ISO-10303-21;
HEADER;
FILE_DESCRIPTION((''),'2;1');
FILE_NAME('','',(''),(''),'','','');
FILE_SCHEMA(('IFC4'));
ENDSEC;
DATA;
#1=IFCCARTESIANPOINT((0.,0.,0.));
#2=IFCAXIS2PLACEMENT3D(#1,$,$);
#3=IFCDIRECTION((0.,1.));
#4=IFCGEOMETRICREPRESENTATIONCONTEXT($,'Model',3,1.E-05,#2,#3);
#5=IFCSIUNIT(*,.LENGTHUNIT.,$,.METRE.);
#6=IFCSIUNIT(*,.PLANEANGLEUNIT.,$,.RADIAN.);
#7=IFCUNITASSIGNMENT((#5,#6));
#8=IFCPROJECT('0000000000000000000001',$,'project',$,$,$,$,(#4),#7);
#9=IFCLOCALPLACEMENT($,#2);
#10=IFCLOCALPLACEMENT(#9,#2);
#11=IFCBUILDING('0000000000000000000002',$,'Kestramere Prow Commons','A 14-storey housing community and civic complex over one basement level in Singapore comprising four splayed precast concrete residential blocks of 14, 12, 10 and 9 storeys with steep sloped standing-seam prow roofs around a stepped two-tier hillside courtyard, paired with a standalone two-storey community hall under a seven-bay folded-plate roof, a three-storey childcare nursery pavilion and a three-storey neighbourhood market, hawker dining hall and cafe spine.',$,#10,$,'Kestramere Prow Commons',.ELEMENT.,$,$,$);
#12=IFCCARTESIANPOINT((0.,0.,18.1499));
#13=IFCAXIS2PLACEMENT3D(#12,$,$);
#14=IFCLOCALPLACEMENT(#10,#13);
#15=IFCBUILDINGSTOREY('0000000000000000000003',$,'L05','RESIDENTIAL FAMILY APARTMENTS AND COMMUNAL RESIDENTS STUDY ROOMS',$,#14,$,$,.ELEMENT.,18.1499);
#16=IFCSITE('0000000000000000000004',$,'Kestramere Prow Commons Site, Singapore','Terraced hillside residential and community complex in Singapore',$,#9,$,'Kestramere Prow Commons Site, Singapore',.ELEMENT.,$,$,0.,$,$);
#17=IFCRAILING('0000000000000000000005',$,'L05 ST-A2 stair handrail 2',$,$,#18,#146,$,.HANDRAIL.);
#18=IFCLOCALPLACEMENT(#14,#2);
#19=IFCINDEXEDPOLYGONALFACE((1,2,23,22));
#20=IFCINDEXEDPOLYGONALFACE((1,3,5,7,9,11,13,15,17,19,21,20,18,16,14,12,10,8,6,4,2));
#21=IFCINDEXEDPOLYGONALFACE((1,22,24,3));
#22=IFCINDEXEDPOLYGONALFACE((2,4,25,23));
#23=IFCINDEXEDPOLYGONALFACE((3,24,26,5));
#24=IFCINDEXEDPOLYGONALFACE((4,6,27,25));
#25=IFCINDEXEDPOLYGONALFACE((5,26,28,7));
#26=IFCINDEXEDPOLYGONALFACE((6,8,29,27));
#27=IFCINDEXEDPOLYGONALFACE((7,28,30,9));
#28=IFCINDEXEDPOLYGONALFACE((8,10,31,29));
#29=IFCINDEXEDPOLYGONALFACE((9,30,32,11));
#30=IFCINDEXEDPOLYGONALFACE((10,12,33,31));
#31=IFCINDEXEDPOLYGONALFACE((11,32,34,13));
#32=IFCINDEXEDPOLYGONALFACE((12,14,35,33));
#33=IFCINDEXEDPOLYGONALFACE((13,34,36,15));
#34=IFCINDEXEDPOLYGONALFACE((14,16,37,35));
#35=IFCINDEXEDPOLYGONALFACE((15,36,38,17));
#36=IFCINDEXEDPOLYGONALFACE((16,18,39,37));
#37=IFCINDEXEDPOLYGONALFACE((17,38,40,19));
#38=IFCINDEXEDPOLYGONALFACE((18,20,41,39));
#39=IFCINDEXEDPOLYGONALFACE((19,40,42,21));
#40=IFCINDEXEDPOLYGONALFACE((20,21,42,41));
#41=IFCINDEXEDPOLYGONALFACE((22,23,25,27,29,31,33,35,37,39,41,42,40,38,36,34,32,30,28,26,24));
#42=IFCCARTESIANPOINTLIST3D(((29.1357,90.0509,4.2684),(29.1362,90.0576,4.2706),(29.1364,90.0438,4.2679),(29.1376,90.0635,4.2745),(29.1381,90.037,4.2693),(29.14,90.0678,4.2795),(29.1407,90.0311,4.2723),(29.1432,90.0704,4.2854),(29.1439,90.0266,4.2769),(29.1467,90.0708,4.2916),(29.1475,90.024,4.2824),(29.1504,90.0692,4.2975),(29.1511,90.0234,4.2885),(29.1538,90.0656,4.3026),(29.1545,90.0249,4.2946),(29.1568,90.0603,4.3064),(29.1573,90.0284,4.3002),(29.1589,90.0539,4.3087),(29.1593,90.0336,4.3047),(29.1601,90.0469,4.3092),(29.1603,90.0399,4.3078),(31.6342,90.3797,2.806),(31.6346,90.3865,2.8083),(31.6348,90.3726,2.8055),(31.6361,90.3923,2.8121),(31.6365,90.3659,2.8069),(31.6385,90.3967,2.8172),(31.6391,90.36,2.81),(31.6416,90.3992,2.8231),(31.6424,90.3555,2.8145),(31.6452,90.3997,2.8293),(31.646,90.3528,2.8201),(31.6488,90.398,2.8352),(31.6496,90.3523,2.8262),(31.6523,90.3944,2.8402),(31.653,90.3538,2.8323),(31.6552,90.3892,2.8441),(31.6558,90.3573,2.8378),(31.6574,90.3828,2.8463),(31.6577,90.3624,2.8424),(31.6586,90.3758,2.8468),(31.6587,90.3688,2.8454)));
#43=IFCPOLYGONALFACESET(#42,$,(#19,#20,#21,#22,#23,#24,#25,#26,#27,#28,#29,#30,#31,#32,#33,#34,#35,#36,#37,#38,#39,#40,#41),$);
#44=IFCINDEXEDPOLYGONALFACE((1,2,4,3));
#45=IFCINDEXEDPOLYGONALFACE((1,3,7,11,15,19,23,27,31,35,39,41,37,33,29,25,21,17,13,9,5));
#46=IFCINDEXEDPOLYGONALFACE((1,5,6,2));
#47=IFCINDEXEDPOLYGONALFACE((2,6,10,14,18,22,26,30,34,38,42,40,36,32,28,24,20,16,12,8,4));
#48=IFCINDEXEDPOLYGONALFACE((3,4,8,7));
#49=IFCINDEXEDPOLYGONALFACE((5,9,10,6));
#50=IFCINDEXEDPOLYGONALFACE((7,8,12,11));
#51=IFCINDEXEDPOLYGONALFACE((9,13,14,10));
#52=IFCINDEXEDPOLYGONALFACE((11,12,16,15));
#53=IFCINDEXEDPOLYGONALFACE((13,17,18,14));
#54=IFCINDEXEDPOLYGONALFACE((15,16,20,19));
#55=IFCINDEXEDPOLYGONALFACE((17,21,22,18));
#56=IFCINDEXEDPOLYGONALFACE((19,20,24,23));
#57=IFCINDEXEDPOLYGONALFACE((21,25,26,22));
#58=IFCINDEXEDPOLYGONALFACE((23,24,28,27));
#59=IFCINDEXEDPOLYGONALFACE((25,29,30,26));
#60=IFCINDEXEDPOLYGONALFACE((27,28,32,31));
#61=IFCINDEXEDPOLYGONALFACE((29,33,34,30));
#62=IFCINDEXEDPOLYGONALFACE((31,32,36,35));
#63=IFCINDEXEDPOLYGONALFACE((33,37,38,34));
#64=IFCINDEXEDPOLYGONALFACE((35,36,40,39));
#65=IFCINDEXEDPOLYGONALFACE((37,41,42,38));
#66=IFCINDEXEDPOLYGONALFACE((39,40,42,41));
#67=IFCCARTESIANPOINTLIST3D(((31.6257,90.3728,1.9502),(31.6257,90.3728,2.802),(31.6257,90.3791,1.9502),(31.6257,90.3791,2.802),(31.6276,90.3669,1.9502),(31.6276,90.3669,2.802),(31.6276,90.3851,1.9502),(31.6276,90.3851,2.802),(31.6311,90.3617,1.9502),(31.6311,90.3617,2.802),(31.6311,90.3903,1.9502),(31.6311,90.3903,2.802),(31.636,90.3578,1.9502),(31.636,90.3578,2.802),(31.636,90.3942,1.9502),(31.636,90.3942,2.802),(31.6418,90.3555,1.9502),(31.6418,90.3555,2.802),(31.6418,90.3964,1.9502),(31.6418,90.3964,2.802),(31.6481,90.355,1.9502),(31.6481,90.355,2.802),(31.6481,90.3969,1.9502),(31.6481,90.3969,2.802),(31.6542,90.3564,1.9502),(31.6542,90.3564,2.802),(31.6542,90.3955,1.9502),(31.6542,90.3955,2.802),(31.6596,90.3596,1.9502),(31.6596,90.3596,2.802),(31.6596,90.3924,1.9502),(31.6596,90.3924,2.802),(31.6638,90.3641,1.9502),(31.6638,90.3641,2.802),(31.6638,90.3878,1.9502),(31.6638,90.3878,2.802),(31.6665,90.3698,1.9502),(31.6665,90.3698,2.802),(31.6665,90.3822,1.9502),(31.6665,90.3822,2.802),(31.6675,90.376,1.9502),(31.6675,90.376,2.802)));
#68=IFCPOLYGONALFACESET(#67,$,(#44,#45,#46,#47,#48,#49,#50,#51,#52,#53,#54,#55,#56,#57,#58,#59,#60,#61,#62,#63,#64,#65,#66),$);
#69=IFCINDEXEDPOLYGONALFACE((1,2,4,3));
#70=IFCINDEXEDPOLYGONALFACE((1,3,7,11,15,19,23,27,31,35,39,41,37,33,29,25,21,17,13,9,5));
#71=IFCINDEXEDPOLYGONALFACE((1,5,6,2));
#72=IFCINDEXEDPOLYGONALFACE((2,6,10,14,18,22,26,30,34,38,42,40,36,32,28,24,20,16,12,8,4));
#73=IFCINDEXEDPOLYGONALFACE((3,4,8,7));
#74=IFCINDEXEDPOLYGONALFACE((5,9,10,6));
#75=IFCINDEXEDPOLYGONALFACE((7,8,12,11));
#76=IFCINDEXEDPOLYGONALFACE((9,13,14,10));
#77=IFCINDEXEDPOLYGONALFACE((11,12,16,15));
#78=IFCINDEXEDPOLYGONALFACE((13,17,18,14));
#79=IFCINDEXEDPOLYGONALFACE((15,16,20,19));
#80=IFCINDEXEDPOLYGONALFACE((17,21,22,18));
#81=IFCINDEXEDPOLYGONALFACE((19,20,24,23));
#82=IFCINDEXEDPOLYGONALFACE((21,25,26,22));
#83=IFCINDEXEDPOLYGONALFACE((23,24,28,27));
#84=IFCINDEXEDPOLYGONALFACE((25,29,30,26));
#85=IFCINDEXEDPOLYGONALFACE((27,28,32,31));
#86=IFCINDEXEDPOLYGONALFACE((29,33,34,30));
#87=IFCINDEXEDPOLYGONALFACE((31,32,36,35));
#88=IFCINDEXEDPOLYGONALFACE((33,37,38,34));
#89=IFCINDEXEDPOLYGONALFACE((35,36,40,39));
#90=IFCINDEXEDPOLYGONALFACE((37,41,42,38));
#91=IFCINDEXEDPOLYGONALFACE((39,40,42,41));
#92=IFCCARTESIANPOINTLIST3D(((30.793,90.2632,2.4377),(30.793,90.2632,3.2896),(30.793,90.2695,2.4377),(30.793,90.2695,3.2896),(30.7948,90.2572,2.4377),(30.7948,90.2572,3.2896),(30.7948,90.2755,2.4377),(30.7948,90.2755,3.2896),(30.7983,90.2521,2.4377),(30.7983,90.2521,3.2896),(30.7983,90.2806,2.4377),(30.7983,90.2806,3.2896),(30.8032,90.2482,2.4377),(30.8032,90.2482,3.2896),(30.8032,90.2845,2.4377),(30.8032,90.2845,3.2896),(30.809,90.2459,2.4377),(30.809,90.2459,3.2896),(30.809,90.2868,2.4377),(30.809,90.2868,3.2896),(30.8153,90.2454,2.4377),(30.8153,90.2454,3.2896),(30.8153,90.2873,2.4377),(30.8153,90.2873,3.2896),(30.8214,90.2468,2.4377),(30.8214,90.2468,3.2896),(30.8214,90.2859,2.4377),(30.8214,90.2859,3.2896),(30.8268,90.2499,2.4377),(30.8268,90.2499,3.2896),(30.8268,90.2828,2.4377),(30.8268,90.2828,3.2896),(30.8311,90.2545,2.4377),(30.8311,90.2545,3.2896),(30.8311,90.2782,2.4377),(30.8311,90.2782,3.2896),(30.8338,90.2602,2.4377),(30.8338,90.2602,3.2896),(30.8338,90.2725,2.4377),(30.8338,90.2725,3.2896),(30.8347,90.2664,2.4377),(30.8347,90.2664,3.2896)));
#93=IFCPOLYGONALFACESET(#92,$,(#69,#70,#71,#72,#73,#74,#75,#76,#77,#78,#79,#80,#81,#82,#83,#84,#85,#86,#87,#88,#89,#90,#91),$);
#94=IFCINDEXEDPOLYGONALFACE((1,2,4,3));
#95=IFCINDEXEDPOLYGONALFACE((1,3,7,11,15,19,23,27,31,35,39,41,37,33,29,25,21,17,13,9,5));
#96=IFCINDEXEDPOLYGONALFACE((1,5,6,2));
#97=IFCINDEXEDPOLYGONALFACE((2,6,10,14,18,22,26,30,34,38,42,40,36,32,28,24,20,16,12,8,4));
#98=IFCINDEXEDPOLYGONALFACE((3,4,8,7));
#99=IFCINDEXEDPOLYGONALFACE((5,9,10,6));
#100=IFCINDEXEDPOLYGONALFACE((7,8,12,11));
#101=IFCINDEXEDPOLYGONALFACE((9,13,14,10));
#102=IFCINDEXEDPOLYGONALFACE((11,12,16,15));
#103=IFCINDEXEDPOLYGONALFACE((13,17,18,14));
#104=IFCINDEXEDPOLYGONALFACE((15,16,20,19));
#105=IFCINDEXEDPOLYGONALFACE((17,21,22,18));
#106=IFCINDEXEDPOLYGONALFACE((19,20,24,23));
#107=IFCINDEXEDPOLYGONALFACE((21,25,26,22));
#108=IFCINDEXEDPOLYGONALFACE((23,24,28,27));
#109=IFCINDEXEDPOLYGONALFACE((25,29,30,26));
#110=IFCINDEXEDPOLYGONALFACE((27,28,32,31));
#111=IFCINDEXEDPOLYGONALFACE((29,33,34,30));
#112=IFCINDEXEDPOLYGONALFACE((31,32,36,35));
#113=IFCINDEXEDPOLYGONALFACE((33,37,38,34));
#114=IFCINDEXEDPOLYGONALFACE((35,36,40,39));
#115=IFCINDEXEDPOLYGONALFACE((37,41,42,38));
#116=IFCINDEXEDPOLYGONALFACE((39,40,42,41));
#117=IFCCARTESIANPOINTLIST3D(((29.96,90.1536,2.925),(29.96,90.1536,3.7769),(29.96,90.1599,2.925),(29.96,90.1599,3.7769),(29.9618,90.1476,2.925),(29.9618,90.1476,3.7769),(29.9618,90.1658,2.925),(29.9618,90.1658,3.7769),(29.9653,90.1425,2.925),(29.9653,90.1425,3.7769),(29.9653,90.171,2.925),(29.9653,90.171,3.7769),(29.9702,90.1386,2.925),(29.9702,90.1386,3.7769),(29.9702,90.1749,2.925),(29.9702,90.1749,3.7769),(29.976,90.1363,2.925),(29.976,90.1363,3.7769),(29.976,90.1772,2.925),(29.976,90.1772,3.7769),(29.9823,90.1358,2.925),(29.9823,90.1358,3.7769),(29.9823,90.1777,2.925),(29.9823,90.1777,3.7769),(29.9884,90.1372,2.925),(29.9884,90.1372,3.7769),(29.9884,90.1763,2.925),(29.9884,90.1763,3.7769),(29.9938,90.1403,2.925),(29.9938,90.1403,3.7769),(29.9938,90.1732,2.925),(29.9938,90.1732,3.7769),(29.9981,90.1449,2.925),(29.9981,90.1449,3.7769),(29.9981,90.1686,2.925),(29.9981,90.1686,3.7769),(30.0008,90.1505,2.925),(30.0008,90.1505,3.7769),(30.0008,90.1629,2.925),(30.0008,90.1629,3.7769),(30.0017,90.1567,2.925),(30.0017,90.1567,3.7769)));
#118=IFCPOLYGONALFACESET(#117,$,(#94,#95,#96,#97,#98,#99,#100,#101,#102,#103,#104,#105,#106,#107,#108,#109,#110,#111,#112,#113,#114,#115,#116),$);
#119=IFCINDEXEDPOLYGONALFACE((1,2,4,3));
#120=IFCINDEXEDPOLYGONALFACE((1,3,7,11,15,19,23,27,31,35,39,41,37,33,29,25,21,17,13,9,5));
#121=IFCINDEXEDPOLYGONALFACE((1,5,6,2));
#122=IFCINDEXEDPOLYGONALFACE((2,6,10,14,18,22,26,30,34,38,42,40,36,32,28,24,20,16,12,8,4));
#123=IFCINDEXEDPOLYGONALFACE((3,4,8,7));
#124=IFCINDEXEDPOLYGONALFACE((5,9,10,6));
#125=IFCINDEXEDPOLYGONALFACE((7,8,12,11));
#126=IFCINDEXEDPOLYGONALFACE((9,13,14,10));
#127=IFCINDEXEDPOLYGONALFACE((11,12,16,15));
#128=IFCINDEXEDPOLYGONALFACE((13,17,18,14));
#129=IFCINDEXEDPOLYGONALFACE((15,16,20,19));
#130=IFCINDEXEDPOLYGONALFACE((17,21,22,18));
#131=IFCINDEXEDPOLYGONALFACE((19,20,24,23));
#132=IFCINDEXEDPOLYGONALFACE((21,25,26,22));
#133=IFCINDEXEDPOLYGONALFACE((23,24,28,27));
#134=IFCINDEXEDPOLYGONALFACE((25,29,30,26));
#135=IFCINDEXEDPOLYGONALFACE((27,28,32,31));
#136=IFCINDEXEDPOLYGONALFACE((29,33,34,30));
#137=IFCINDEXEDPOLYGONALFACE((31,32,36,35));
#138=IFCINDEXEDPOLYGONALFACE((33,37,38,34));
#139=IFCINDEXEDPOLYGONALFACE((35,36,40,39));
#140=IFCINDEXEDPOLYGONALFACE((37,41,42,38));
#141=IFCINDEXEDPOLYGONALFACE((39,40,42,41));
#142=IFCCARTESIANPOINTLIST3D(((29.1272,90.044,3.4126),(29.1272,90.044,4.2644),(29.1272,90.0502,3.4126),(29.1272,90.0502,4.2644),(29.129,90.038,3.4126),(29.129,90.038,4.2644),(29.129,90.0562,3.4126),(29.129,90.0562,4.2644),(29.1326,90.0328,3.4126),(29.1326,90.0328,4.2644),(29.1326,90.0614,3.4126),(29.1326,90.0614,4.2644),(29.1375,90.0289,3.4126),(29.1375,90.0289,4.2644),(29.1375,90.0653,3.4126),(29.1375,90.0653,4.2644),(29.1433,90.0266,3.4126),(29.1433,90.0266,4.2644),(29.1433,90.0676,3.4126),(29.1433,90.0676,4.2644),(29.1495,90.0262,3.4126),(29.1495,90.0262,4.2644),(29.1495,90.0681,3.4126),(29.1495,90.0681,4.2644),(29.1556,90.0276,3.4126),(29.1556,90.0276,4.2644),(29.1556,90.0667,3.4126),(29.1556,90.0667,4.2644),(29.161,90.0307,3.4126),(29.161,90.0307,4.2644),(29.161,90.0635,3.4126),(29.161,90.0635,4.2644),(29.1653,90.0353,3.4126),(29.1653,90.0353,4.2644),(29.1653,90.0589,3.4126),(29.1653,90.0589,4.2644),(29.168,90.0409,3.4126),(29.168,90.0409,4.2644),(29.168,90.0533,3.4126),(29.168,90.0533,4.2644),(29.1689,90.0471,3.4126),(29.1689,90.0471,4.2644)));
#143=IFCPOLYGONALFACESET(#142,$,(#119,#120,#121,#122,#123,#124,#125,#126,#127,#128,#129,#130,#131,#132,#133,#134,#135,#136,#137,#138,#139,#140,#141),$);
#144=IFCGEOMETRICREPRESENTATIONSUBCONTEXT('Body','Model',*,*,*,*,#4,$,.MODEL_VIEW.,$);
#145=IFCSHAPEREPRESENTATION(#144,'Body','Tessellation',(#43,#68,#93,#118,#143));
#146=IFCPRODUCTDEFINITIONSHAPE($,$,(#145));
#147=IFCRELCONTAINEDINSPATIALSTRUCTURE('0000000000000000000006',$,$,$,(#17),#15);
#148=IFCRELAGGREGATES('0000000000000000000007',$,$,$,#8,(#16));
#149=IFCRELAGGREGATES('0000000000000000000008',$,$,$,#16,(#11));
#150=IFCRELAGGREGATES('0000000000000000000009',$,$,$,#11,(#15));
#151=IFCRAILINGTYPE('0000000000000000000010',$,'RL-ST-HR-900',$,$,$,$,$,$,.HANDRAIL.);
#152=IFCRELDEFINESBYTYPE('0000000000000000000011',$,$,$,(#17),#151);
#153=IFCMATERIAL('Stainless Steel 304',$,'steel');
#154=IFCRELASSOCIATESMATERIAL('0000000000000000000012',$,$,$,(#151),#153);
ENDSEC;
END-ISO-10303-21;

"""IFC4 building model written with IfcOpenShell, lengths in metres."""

from ifc_helpers import new_model, si_unit, direction, frame, origin, origin_2d, place, context, subcontext, project, spatial, circle, extrude, material, type_object, element, save


model = new_model("IFC4")

# Units and contexts
model_context = context("Model", 3, precision=1e-05, world=origin(), true_north=direction((0.0, 1.0)))
body_context = subcontext(model_context, "Body", "Model", "MODEL_VIEW")
ifc_project = project(units=[si_unit("LENGTHUNIT", "METRE"), si_unit("PLANEANGLEUNIT", "RADIAN")], contexts=[model_context])

# Site, building, storey
site_placement = place(None, origin())
site = spatial("IfcSite", under=ifc_project, at=site_placement, Name="Kestramere Prow Commons Site, Singapore", Description="Terraced hillside residential and community complex in Singapore", LongName="Kestramere Prow Commons Site, Singapore", CompositionType="ELEMENT", RefElevation=0.0)
building_placement = place(site_placement, origin())
building = spatial("IfcBuilding", under=site, at=building_placement, Name="Kestramere Prow Commons", Description="A 14-storey housing community and civic complex over one basement level in Singapore comprising four splayed precast concrete residential blocks of 14, 12, 10 and 9 storeys with steep sloped standing-seam prow roofs around a stepped two-tier hillside courtyard, paired with a standalone two-storey community hall under a seven-bay folded-plate roof, a three-storey childcare nursery pavilion and a three-storey neighbourhood market, hawker dining hall and cafe spine.", LongName="Kestramere Prow Commons", CompositionType="ELEMENT")
storey_placement = place(building_placement, frame((0.0, 0.0, 18.1499)))
storey = spatial("IfcBuildingStorey", under=building, at=storey_placement, Name="L05", Description="RESIDENTIAL FAMILY APARTMENTS AND COMMUNAL RESIDENTS STUDY ROOMS", CompositionType="ELEMENT", Elevation=18.1499)

# Railing
ifc_material_1 = material(Name="Stainless Steel 304", Category="steel")
railing_type_1 = type_object("IfcRailingType", Name="RL-ST-HR-900", PredefinedType="HANDRAIL", material=ifc_material_1)
railing_1_placement = place(storey_placement, frame((31.6465, 90.376, 1.9502)))
element("IfcRailing", 1, at=railing_1_placement, inside=storey, type_object=railing_type_1, Name="L05 ST-A2 stair handrail 2", PredefinedType="HANDRAIL", context=body_context, shape_type="SweptSolid", body=[
    extrude(circle(Radius=0.0239, at=origin_2d()), frame((0.0, 0.0, 0.876), z_axis=(-0.857523, -0.112867, 0.501912), x_axis=(0.130495, -0.991449, 0.0)), (0.0, 0.0, 1.0), 2.9136),
    extrude(circle(Radius=0.021, at=origin_2d()), origin(), (0.0, 0.0, 1.0), 0.8518),
    extrude(circle(Radius=0.021, at=origin_2d()), frame((-0.8328, -0.1096, 0.4875)), (0.0, 0.0, 1.0), 0.8518),
    extrude(circle(Radius=0.021, at=origin_2d()), frame((-1.6658, -0.2192, 0.9749)), (0.0, 0.0, 1.0), 0.8518),
    extrude(circle(Radius=0.021, at=origin_2d()), frame((-2.4985, -0.3289, 1.4624)), (0.0, 0.0, 1.0), 0.8518),
])

save(model, "model.ifc")
